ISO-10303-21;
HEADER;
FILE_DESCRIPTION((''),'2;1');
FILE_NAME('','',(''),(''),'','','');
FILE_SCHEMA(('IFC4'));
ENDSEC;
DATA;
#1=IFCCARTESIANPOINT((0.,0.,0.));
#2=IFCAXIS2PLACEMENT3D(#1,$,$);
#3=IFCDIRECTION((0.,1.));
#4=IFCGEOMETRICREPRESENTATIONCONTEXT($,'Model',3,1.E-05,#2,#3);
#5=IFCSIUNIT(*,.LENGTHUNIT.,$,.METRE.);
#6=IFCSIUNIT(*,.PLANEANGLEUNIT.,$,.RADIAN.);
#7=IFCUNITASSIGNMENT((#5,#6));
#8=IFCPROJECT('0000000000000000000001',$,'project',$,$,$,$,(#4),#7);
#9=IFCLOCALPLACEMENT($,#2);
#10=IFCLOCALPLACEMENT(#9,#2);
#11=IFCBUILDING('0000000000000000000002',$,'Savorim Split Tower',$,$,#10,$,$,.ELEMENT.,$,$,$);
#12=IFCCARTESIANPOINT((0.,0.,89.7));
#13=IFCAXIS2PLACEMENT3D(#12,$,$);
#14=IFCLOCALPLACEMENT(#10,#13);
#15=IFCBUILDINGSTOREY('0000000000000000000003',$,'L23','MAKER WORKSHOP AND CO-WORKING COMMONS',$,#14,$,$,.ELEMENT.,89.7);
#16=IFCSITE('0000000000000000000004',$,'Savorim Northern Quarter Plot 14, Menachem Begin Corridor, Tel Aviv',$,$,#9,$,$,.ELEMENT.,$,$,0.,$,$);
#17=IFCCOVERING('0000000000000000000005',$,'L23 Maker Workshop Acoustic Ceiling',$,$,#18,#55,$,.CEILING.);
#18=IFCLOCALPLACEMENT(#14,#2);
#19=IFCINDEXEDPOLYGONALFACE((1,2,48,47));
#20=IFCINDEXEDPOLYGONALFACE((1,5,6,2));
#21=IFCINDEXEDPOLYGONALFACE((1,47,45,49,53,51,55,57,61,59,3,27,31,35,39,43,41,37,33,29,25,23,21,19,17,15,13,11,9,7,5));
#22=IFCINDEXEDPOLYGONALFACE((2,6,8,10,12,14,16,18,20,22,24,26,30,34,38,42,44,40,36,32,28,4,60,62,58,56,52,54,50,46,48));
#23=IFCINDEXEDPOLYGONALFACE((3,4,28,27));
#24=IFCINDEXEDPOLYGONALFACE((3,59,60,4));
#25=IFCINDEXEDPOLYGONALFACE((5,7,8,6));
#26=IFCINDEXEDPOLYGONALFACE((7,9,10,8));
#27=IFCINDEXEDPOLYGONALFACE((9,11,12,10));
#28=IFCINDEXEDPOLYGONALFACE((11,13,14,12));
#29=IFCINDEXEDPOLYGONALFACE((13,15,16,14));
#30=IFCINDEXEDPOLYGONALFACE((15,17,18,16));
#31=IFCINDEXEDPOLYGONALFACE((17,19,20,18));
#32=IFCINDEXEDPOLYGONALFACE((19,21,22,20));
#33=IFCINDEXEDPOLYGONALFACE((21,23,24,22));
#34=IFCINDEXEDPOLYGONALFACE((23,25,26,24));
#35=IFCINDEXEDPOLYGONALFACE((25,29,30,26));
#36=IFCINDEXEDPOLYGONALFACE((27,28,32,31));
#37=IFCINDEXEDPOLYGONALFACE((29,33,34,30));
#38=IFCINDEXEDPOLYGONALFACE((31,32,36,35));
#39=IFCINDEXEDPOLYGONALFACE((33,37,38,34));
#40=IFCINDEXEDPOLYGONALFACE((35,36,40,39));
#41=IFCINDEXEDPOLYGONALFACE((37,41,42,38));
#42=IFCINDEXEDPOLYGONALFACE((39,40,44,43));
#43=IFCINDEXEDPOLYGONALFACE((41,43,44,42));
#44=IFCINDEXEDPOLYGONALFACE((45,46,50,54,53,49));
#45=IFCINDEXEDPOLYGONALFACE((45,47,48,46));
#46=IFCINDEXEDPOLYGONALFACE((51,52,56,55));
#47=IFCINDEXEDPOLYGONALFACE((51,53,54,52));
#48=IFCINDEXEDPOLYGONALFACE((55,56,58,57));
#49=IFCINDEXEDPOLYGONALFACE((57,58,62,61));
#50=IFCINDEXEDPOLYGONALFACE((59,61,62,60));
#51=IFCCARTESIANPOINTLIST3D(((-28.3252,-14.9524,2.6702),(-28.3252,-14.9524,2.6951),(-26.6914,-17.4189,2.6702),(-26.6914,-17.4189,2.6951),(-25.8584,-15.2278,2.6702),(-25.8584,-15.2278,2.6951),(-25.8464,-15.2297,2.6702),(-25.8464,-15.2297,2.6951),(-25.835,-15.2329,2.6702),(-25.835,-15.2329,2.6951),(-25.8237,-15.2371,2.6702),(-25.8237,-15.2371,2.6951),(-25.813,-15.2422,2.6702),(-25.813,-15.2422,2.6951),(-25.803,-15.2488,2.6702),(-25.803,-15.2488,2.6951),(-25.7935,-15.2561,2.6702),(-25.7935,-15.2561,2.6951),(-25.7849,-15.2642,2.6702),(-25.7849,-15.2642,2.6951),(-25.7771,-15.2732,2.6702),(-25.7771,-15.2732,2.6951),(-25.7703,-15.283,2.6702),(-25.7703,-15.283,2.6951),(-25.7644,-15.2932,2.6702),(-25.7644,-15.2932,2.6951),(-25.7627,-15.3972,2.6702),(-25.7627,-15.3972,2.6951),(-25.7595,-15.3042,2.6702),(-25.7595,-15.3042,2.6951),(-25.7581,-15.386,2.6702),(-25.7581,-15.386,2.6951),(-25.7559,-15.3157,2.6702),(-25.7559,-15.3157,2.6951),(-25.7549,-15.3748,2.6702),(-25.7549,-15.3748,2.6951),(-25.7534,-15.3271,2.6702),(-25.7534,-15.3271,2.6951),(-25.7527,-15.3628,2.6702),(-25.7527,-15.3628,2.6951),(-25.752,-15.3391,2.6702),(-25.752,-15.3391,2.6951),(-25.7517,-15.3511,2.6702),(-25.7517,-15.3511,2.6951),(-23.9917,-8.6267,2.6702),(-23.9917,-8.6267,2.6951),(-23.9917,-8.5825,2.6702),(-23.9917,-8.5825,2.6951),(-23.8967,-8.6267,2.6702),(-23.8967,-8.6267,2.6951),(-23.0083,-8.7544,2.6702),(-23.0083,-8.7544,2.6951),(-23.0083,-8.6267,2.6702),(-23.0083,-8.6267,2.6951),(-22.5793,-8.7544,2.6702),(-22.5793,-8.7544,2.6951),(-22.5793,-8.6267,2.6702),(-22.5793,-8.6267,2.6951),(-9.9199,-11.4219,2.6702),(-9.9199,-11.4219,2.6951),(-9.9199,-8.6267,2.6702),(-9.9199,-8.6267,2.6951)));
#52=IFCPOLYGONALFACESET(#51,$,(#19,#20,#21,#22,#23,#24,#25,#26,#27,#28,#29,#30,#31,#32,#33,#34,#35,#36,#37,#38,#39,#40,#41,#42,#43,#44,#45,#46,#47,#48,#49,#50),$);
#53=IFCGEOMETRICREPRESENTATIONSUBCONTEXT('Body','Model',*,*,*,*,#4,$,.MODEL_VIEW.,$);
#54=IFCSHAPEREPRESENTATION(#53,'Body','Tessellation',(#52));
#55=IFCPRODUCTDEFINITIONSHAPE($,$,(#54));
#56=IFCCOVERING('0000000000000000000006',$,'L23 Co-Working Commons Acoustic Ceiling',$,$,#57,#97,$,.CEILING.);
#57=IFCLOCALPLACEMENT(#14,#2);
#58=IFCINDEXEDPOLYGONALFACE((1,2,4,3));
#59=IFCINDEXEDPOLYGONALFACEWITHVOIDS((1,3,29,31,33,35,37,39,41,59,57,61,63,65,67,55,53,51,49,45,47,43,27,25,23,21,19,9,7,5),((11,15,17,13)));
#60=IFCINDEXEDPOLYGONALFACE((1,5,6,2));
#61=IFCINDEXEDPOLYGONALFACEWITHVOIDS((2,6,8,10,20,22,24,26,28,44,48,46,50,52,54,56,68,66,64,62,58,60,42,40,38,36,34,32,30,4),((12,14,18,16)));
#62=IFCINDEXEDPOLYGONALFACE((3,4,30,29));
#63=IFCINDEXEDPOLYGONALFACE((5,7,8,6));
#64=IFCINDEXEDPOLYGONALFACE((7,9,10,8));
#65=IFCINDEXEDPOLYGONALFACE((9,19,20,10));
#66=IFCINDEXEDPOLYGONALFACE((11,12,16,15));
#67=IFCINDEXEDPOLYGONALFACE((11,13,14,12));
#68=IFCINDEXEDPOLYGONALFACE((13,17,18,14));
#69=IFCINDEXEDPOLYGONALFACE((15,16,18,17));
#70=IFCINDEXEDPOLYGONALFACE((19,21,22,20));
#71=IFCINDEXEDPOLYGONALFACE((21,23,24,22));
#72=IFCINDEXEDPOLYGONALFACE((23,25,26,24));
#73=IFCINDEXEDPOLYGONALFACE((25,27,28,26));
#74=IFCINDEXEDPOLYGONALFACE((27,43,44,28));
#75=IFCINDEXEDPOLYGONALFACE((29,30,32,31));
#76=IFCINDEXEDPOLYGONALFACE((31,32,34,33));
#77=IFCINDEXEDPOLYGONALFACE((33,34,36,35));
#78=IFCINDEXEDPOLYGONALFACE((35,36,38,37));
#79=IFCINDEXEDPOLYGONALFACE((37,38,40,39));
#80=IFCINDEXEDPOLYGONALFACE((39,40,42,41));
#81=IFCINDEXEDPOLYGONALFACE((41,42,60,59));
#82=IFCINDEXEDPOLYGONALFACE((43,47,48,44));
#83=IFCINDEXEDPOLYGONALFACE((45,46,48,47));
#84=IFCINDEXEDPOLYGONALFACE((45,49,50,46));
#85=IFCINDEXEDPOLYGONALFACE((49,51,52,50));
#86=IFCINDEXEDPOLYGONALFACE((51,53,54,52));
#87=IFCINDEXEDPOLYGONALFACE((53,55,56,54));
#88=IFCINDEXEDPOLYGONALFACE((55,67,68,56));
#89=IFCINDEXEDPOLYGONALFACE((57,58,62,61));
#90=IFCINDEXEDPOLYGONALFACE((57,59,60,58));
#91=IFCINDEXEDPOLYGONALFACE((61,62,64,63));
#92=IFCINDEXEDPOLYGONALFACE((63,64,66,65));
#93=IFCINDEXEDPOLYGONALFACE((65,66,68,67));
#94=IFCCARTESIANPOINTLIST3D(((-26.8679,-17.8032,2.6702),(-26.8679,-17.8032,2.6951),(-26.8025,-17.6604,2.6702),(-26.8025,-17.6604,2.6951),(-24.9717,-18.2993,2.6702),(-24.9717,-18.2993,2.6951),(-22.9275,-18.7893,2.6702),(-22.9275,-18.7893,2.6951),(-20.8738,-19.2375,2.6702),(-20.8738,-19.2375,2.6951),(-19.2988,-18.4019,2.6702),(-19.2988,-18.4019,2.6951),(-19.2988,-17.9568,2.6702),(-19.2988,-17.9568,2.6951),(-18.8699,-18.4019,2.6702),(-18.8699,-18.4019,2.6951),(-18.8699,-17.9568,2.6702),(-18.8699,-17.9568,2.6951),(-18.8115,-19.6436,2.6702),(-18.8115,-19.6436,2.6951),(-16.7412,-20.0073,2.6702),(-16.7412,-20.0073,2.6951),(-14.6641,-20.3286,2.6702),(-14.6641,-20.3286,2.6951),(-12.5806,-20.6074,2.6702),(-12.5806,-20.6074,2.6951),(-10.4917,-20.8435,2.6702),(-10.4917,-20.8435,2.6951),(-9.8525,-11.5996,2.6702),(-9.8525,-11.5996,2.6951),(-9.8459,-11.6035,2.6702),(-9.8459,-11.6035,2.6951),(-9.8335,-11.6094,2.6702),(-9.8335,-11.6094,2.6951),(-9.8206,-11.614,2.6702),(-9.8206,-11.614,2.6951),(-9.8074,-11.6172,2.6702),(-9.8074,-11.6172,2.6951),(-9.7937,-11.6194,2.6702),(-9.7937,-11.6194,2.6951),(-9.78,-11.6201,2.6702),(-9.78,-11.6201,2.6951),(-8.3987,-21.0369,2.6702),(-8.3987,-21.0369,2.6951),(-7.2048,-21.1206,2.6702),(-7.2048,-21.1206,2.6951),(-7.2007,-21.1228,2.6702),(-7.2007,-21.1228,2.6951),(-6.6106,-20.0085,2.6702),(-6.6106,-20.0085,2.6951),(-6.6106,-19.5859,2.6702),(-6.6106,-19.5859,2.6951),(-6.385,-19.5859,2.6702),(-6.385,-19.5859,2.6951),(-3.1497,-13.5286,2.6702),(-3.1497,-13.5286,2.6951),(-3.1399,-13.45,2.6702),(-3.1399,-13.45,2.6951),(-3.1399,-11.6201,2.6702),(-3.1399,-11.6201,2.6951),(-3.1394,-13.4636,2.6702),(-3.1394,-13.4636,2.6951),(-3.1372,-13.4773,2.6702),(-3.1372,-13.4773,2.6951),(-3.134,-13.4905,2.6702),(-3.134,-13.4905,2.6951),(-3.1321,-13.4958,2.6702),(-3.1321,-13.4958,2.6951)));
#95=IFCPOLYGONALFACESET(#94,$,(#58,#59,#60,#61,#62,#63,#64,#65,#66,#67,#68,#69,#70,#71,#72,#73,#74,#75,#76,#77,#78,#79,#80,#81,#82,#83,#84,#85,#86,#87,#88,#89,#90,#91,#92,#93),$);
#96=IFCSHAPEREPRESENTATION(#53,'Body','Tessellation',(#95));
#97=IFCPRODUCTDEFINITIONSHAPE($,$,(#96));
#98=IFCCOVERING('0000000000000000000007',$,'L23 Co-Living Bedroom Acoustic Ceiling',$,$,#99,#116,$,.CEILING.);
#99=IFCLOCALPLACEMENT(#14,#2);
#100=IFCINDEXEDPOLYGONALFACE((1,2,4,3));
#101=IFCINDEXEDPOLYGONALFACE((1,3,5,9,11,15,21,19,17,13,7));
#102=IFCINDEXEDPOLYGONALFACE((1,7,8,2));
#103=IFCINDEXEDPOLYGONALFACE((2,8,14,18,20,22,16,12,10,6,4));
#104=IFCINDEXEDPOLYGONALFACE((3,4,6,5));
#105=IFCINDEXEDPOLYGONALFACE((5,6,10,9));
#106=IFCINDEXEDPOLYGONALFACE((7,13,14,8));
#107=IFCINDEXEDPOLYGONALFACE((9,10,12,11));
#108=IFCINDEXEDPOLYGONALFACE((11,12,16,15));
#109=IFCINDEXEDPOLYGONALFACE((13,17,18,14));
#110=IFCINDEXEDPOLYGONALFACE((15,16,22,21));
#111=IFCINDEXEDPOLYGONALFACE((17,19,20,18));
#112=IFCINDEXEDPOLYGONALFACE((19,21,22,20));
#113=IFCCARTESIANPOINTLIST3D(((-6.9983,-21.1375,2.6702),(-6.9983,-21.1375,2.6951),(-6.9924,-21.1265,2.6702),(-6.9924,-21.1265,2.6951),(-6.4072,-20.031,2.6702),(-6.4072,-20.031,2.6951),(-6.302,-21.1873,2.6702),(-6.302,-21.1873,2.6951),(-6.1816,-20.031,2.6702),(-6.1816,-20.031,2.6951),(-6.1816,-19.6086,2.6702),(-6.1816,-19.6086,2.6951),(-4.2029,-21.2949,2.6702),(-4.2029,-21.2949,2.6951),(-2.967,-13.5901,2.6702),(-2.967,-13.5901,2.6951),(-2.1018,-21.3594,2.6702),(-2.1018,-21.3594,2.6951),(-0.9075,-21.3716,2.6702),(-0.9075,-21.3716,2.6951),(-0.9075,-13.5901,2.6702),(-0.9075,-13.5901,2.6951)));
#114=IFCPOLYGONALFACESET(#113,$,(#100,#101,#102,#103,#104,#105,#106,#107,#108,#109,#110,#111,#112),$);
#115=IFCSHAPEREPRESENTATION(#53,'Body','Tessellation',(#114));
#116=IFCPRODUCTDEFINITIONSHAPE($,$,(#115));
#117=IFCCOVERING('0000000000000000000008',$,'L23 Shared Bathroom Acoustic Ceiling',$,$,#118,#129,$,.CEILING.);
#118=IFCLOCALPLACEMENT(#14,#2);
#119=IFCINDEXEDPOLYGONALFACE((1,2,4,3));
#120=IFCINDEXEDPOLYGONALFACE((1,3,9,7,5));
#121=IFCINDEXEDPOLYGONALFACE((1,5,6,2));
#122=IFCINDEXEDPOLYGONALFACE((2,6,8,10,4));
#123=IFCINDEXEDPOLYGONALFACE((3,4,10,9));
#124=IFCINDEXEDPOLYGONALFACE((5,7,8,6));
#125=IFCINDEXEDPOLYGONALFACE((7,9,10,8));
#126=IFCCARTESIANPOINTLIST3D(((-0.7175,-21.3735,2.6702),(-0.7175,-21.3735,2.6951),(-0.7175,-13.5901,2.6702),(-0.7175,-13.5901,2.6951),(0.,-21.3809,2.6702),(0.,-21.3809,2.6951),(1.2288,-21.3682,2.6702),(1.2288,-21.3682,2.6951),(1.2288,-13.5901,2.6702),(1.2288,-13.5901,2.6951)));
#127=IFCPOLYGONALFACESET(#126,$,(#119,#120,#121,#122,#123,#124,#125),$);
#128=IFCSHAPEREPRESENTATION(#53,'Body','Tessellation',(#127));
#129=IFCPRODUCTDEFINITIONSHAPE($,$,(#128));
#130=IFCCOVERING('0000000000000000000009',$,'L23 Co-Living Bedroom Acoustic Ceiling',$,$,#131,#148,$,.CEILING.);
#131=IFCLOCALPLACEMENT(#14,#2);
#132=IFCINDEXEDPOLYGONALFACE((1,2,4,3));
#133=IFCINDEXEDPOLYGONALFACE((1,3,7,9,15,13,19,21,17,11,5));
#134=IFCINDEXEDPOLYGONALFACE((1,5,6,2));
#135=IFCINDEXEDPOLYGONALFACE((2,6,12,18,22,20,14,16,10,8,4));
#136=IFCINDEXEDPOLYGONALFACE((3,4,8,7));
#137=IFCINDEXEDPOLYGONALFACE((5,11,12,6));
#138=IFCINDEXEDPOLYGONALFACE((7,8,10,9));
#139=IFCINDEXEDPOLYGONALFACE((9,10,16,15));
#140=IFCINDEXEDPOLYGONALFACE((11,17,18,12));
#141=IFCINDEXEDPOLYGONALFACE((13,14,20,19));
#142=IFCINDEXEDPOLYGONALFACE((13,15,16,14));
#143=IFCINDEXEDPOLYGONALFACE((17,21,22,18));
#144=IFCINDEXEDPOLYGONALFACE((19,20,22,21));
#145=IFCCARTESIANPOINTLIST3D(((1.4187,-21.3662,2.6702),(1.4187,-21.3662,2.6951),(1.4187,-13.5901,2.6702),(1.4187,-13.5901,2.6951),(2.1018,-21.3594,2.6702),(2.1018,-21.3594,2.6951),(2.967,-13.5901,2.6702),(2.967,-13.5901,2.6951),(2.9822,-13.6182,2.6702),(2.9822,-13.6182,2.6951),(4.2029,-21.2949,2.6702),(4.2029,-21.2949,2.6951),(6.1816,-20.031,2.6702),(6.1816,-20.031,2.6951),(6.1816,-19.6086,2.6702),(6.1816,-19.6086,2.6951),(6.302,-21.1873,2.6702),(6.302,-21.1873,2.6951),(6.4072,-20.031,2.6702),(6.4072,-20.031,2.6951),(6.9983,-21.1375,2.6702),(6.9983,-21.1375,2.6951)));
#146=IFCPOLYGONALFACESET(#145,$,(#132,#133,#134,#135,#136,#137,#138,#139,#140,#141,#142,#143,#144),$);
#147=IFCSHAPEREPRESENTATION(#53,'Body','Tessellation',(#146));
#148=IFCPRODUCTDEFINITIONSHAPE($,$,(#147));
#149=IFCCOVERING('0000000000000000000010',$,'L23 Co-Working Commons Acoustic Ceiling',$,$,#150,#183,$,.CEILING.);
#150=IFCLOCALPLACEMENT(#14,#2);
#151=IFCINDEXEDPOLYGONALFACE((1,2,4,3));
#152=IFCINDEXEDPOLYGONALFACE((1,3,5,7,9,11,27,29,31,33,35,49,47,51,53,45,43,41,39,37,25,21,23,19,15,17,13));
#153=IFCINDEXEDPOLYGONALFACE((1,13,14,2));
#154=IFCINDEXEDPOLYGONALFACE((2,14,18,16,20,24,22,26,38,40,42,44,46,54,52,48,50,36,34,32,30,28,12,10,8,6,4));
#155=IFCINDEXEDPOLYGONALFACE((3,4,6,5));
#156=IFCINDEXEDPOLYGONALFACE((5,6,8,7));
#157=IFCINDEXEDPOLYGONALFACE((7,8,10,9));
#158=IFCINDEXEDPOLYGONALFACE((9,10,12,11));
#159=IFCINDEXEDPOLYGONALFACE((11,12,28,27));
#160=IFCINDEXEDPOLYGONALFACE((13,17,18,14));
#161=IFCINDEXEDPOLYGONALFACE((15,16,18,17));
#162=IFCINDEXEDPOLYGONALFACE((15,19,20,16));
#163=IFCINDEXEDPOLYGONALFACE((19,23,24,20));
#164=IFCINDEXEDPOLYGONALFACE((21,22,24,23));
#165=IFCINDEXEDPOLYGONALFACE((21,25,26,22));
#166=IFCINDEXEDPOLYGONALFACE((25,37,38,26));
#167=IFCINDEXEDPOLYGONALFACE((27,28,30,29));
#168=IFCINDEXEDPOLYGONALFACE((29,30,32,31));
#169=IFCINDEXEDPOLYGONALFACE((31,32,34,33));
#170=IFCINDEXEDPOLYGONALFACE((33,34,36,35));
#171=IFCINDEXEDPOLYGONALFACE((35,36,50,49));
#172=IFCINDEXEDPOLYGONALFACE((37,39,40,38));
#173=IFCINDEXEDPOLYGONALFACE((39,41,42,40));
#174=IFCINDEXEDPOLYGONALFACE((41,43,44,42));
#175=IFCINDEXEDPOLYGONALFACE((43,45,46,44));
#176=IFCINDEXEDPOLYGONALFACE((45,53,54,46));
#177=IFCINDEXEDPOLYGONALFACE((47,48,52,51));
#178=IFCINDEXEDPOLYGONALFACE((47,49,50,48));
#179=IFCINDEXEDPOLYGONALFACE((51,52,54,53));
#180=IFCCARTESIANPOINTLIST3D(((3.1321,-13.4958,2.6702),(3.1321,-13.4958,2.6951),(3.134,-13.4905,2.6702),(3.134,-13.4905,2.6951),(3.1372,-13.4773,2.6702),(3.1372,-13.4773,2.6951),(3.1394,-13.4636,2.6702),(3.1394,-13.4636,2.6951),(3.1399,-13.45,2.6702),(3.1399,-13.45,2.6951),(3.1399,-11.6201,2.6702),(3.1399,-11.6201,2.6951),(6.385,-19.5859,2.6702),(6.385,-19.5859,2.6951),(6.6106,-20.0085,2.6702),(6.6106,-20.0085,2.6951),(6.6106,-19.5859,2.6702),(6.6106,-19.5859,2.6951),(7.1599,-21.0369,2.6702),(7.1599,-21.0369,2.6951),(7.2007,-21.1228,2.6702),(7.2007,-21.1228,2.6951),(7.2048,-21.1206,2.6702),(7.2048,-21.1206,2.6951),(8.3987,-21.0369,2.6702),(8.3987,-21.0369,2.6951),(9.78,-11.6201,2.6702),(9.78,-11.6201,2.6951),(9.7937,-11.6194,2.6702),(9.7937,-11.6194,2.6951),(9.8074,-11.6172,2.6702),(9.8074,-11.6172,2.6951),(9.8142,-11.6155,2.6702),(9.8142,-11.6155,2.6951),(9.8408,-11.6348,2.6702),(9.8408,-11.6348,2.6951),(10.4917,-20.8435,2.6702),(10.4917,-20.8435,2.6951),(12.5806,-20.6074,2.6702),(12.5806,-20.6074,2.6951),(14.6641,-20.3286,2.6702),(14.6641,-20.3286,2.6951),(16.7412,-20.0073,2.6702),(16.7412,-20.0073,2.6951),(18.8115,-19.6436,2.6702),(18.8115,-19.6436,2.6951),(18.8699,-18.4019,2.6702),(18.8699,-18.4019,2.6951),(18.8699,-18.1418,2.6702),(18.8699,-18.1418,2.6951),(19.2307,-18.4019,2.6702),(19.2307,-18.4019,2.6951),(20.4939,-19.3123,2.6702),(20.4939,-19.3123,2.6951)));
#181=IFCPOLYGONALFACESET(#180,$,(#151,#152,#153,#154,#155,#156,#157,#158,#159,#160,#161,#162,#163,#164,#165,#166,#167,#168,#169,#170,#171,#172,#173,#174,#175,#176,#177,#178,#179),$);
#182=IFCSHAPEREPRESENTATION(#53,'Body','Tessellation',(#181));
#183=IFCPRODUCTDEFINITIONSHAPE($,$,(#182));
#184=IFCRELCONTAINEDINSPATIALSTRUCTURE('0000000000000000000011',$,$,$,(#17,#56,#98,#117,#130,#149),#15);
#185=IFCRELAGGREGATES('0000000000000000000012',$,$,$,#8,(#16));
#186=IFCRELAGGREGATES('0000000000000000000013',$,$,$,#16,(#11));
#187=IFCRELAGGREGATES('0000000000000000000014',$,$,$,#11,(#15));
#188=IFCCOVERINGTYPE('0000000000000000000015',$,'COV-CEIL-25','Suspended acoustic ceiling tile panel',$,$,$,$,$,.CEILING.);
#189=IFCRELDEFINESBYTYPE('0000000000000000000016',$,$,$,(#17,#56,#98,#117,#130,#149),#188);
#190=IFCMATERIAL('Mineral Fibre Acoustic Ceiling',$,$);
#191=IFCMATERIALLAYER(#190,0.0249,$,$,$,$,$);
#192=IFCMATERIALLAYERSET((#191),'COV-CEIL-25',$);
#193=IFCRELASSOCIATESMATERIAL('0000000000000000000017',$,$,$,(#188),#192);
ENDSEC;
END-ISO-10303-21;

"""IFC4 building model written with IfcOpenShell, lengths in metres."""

from ifc_helpers import new_model, si_unit, direction, frame, origin, place, context, subcontext, project, spatial, polyline, outline, extrude, material, layer, layer_set, type_object, element, save


model = new_model("IFC4")

# Units and contexts
model_context = context("Model", 3, precision=1e-05, world=origin(), true_north=direction((0.0, 1.0)))
body_context = subcontext(model_context, "Body", "Model", "MODEL_VIEW")
ifc_project = project(units=[si_unit("LENGTHUNIT", "METRE"), si_unit("PLANEANGLEUNIT", "RADIAN")], contexts=[model_context])

# Site, building, storey
site_placement = place(None, origin())
site = spatial("IfcSite", under=ifc_project, at=site_placement, Name="Savorim Northern Quarter Plot 14, Menachem Begin Corridor, Tel Aviv", CompositionType="ELEMENT", RefElevation=0.0)
building_placement = place(site_placement, origin())
building = spatial("IfcBuilding", under=site, at=building_placement, Name="Savorim Split Tower", CompositionType="ELEMENT")
storey_placement = place(building_placement, frame((0.0, 0.0, 89.7)))
storey = spatial("IfcBuildingStorey", under=building, at=storey_placement, Name="L23", Description="MAKER WORKSHOP AND CO-WORKING COMMONS", CompositionType="ELEMENT", Elevation=89.7)

# Coverings
ifc_material_1 = material(Name="Mineral Fibre Acoustic Ceiling")
ifc_layer_1 = layer(ifc_material_1, 0.0249)
ifc_layer_set_1 = layer_set([ifc_layer_1], Name="COV-CEIL-25")
covering_type_1 = type_object("IfcCoveringType", Name="COV-CEIL-25", Description="Suspended acoustic ceiling tile panel", PredefinedType="CEILING", material=ifc_layer_set_1)
covering_1_placement = place(storey_placement, frame((0.0, 0.0, 2.6702)))
element("IfcCovering", 1, at=covering_1_placement, inside=storey, type_object=covering_type_1, Name="L23 Maker Workshop Acoustic Ceiling", PredefinedType="CEILING", context=body_context, shape_type="SweptSolid", body=[
    extrude(outline(polyline([(-25.7517, -15.3511), (-25.7527, -15.3628), (-25.7549, -15.3748), (-25.7581, -15.386), (-25.7627, -15.3972), (-26.6914, -17.4189), (-9.9199, -11.4219), (-9.9199, -8.6267), (-22.5793, -8.6267), (-22.5793, -8.7544), (-23.0083, -8.7544), (-23.0083, -8.6267), (-23.8967, -8.6267), (-23.9917, -8.6267), (-23.9917, -8.5825), (-28.3252, -14.9524), (-25.8584, -15.2278), (-25.8464, -15.2297), (-25.835, -15.2329), (-25.8237, -15.2371), (-25.813, -15.2422), (-25.803, -15.2488), (-25.7935, -15.2561), (-25.7849, -15.2642), (-25.7771, -15.2732), (-25.7703, -15.283), (-25.7644, -15.2932), (-25.7595, -15.3042), (-25.7559, -15.3157), (-25.7534, -15.3271), (-25.752, -15.3391), (-25.7517, -15.3511)])), origin(), (0.0, 0.0, 1.0), 0.0249),
])
covering_2_placement = place(storey_placement, frame((0.0, 0.0, 2.6702)))
element("IfcCovering", 2, at=covering_2_placement, inside=storey, type_object=covering_type_1, Name="L23 Co-Working Commons Acoustic Ceiling", PredefinedType="CEILING", context=body_context, shape_type="SweptSolid", body=[
    extrude(outline(polyline([(-9.8206, -11.614), (-9.8335, -11.6094), (-9.8459, -11.6035), (-9.8525, -11.5996), (-26.8025, -17.6604), (-26.8679, -17.8032), (-24.9717, -18.2993), (-22.9275, -18.7893), (-20.8738, -19.2375), (-18.8115, -19.6436), (-16.7412, -20.0073), (-14.6641, -20.3286), (-12.5806, -20.6074), (-10.4917, -20.8435), (-8.3987, -21.0369), (-7.2007, -21.1228), (-7.2048, -21.1206), (-6.6106, -20.0085), (-6.6106, -19.5859), (-6.385, -19.5859), (-3.1497, -13.5286), (-3.1321, -13.4958), (-3.134, -13.4905), (-3.1372, -13.4773), (-3.1394, -13.4636), (-3.1399, -13.45), (-3.1399, -11.6201), (-9.78, -11.6201), (-9.7937, -11.6194), (-9.8074, -11.6172), (-9.8206, -11.614)]), holes=[polyline([(-19.2988, -18.4019), (-18.8699, -18.4019), (-18.8699, -17.9568), (-19.2988, -17.9568), (-19.2988, -18.4019)])]), origin(), (0.0, 0.0, 1.0), 0.0249),
])
covering_3_placement = place(storey_placement, frame((0.0, 0.0, 2.6702)))
element("IfcCovering", 3, at=covering_3_placement, inside=storey, type_object=covering_type_1, Name="L23 Co-Living Bedroom Acoustic Ceiling", PredefinedType="CEILING", context=body_context, shape_type="SweptSolid", body=[
    extrude(outline(polyline([(-6.302, -21.1873), (-4.2029, -21.2949), (-2.1018, -21.3594), (-0.9075, -21.3716), (-0.9075, -13.5901), (-2.967, -13.5901), (-6.1816, -19.6086), (-6.1816, -20.031), (-6.4072, -20.031), (-6.9924, -21.1265), (-6.9983, -21.1375), (-6.302, -21.1873)])), origin(), (0.0, 0.0, 1.0), 0.0249),
])
covering_4_placement = place(storey_placement, frame((0.0, 0.0, 2.6702)))
element("IfcCovering", 4, at=covering_4_placement, inside=storey, type_object=covering_type_1, Name="L23 Shared Bathroom Acoustic Ceiling", PredefinedType="CEILING", context=body_context, shape_type="SweptSolid", body=[
    extrude(outline(polyline([(-0.7175, -13.5901), (-0.7175, -21.3735), (0.0, -21.3809), (1.2288, -21.3682), (1.2288, -13.5901), (-0.7175, -13.5901)])), origin(), (0.0, 0.0, 1.0), 0.0249),
])
covering_5_placement = place(storey_placement, frame((0.0, 0.0, 2.6702)))
element("IfcCovering", 5, at=covering_5_placement, inside=storey, type_object=covering_type_1, Name="L23 Co-Living Bedroom Acoustic Ceiling", PredefinedType="CEILING", context=body_context, shape_type="SweptSolid", body=[
    extrude(outline(polyline([(1.4187, -21.3662), (2.1018, -21.3594), (4.2029, -21.2949), (6.302, -21.1873), (6.9983, -21.1375), (6.4072, -20.031), (6.1816, -20.031), (6.1816, -19.6086), (2.9822, -13.6182), (2.967, -13.5901), (1.4187, -13.5901), (1.4187, -21.3662)])), origin(), (0.0, 0.0, 1.0), 0.0249),
])
covering_6_placement = place(storey_placement, frame((0.0, 0.0, 2.6702)))
element("IfcCovering", 6, at=covering_6_placement, inside=storey, type_object=covering_type_1, Name="L23 Co-Working Commons Acoustic Ceiling", PredefinedType="CEILING", context=body_context, shape_type="SweptSolid", body=[
    extrude(outline(polyline([(12.5806, -20.6074), (14.6641, -20.3286), (16.7412, -20.0073), (18.8115, -19.6436), (20.4939, -19.3123), (19.2307, -18.4019), (18.8699, -18.4019), (18.8699, -18.1418), (9.8408, -11.6348), (9.8142, -11.6155), (9.8074, -11.6172), (9.7937, -11.6194), (9.78, -11.6201), (3.1399, -11.6201), (3.1399, -13.45), (3.1394, -13.4636), (3.1372, -13.4773), (3.134, -13.4905), (3.1321, -13.4958), (6.385, -19.5859), (6.6106, -19.5859), (6.6106, -20.0085), (7.1599, -21.0369), (7.2048, -21.1206), (7.2007, -21.1228), (8.3987, -21.0369), (10.4917, -20.8435), (12.5806, -20.6074)])), origin(), (0.0, 0.0, 1.0), 0.0249),
])

save(model, "model.ifc")
